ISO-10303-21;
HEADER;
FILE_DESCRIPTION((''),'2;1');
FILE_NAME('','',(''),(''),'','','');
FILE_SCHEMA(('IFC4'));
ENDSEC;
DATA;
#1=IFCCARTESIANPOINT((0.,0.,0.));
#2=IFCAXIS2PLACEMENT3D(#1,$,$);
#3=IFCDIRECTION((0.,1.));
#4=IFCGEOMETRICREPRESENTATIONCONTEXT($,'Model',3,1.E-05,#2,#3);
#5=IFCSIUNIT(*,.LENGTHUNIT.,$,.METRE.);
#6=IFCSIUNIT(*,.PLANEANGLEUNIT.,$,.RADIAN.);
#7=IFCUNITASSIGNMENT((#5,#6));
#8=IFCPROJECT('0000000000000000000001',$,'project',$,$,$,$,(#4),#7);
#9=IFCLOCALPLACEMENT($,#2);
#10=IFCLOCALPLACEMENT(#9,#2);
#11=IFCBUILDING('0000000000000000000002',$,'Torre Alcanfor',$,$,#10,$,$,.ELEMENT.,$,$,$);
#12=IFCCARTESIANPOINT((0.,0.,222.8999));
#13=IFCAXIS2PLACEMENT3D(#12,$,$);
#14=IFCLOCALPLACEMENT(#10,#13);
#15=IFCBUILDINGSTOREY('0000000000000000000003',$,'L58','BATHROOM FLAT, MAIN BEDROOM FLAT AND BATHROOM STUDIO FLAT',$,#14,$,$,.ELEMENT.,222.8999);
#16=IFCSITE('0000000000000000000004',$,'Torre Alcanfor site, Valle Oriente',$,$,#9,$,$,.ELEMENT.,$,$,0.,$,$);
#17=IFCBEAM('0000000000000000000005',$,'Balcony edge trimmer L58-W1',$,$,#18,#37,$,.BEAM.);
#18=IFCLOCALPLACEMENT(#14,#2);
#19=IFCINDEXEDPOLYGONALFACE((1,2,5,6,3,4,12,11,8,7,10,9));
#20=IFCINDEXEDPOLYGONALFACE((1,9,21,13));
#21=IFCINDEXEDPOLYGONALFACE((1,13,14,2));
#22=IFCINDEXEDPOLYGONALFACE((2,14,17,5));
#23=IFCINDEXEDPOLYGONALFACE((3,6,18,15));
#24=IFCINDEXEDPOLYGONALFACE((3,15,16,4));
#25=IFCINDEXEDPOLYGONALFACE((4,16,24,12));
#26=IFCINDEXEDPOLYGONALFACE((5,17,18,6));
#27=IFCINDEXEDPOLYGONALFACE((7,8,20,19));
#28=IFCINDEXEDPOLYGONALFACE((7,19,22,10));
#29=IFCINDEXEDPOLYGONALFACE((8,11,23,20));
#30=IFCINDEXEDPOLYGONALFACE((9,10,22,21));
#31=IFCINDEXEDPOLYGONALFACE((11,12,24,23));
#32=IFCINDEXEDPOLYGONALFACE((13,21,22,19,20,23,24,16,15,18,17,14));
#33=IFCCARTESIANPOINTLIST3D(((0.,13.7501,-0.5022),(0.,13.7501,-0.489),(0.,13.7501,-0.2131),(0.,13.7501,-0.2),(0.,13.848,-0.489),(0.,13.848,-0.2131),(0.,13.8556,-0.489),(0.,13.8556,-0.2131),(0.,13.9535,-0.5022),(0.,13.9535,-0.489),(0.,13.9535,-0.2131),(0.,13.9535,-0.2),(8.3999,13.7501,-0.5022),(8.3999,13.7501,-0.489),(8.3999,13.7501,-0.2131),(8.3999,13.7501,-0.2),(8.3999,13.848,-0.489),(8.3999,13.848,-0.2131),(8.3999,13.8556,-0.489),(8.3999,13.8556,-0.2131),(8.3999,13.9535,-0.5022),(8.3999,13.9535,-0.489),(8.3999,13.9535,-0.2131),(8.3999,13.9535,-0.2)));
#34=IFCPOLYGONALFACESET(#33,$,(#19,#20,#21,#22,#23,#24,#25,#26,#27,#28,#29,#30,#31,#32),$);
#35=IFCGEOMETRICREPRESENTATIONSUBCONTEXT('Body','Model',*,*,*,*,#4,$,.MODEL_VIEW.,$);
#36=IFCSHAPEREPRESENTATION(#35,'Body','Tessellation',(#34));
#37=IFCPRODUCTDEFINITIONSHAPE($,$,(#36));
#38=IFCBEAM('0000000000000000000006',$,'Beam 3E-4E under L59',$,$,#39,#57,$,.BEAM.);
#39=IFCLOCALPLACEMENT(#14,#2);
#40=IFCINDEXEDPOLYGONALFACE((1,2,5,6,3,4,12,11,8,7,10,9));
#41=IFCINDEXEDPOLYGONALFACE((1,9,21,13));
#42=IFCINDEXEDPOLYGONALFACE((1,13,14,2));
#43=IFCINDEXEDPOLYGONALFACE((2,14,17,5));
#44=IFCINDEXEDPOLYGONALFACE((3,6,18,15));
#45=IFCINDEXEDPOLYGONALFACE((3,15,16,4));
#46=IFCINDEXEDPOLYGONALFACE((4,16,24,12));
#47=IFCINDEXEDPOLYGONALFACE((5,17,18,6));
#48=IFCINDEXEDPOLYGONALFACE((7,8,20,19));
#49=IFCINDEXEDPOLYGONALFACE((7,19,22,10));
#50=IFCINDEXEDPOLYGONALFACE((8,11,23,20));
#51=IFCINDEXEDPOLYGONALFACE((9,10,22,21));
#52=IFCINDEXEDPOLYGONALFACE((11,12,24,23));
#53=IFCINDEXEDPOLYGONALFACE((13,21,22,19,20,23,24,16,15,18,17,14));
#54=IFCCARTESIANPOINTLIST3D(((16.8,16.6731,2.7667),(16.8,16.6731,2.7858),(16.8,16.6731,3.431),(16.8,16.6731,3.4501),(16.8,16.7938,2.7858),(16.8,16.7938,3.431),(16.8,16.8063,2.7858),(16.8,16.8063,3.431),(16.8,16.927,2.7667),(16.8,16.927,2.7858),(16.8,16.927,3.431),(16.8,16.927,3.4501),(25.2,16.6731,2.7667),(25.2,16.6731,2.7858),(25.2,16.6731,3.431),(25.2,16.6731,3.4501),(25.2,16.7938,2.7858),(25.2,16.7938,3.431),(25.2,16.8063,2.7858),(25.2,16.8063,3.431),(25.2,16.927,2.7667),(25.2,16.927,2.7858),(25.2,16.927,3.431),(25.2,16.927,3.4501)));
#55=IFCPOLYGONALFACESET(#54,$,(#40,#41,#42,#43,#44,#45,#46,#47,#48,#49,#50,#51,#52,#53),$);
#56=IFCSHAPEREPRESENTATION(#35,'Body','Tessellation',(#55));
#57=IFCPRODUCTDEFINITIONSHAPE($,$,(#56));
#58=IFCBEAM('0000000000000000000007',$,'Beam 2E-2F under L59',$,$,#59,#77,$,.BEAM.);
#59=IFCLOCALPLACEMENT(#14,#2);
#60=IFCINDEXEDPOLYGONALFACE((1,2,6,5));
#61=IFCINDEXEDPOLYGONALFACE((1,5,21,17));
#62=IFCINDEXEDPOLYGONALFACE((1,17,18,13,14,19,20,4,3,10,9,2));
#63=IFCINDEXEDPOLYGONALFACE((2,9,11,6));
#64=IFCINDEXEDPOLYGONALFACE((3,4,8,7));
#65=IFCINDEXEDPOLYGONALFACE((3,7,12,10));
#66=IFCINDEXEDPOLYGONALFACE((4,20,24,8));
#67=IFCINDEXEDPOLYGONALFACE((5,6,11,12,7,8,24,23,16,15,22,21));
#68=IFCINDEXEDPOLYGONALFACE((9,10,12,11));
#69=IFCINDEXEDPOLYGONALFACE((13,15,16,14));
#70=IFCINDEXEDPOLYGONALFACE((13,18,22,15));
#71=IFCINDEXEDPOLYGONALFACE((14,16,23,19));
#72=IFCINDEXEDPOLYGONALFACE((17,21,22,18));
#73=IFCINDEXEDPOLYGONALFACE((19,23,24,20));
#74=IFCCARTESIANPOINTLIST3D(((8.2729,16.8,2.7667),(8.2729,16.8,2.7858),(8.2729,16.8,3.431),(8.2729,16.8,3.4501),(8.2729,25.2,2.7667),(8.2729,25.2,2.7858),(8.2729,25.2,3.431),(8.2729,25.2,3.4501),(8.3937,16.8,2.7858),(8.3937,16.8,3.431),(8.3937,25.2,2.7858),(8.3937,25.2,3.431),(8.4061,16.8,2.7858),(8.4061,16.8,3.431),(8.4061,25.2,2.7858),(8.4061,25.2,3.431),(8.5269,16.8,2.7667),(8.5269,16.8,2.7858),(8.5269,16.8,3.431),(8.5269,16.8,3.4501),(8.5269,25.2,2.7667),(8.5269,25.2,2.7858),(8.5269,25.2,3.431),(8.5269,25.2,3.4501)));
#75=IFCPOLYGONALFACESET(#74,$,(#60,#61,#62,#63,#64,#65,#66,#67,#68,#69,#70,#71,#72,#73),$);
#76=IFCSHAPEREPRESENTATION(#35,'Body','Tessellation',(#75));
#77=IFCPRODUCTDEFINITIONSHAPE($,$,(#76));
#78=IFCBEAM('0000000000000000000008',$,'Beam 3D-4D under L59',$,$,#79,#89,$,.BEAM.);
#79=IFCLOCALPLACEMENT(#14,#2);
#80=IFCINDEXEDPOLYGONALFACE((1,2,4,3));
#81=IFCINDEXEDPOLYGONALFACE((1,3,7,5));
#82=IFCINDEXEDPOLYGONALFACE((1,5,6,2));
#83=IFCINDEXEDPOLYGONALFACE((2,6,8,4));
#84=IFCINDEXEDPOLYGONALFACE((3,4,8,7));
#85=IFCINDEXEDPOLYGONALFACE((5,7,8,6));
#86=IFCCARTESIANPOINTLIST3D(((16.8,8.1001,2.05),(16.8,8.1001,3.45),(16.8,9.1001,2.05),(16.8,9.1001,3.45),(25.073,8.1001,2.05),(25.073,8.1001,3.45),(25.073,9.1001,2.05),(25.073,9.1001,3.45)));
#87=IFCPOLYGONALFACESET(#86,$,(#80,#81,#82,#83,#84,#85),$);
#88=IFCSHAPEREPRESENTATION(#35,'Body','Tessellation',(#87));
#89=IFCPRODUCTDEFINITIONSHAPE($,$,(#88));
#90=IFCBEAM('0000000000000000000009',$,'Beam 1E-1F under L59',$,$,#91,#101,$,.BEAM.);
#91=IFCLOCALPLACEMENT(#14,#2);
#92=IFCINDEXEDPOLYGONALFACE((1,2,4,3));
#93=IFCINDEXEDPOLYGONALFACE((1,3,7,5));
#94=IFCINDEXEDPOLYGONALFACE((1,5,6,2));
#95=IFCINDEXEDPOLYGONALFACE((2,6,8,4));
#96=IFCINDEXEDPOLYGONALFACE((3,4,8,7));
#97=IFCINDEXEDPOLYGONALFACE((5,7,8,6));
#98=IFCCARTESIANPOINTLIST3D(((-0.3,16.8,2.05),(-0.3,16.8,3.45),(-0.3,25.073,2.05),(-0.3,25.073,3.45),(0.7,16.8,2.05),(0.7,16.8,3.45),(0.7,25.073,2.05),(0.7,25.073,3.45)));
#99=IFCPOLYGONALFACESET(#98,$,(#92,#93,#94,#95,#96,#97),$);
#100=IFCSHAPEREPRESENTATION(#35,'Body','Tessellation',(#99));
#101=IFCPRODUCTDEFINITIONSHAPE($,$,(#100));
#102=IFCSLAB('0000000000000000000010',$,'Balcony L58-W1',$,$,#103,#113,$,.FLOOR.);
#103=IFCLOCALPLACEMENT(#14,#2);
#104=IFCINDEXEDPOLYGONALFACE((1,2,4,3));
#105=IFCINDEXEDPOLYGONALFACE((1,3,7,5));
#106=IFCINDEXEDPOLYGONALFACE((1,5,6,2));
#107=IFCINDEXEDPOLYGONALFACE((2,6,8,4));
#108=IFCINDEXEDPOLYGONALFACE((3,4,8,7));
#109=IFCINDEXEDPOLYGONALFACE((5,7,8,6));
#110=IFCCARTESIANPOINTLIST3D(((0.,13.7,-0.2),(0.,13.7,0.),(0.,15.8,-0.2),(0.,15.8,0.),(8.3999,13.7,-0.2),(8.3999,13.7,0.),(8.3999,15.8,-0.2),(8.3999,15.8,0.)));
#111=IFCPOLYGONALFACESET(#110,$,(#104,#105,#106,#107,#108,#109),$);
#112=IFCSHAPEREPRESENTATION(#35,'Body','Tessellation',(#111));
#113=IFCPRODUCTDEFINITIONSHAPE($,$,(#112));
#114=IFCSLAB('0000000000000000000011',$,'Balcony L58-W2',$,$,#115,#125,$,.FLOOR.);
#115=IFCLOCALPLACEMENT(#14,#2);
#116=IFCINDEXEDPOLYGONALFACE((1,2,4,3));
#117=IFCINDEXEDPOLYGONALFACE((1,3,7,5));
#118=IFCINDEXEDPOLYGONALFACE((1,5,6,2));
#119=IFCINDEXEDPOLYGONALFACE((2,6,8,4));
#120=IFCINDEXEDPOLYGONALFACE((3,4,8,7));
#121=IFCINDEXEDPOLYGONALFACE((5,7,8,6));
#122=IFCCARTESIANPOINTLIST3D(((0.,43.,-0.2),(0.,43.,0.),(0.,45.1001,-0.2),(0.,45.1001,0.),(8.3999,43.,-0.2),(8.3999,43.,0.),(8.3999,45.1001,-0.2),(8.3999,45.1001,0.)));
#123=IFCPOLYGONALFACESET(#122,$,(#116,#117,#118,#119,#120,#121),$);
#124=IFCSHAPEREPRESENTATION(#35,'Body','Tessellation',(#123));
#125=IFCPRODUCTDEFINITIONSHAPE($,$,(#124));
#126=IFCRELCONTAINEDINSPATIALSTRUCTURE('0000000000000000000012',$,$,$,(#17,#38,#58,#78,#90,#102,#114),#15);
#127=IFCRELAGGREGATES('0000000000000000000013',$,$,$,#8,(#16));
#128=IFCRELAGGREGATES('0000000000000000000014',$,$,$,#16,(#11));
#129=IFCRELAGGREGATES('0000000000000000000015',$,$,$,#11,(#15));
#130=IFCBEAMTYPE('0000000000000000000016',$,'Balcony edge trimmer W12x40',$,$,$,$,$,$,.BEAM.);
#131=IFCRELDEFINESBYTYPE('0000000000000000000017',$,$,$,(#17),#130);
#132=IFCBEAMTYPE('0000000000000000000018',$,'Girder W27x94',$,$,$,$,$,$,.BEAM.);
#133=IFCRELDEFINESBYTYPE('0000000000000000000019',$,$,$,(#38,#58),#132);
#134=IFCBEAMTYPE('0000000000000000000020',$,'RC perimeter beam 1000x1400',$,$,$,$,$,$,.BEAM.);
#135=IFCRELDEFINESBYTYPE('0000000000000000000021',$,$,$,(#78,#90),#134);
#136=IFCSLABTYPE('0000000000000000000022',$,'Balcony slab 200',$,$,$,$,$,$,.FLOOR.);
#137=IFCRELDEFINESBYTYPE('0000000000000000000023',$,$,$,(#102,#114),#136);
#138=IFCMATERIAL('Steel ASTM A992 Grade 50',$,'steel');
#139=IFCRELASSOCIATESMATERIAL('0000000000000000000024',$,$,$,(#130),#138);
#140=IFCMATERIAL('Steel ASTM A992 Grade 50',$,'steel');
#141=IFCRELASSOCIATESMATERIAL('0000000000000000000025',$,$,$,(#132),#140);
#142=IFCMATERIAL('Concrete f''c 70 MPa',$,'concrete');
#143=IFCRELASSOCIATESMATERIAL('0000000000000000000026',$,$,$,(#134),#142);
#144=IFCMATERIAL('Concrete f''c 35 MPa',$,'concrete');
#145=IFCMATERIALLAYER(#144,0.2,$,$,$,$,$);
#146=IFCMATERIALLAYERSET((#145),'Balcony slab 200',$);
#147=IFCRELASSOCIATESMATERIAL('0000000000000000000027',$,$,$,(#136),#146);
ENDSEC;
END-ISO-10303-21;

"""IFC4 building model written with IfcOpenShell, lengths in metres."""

from ifc_helpers import new_model, si_unit, direction, frame, origin, origin_2d, place, context, subcontext, project, spatial, polyline, rectangle, i_section, outline, extrude, material, layer, layer_set, material_profile, profile_set, type_object, element, save


model = new_model("IFC4")

# Units and contexts
model_context = context("Model", 3, precision=1e-05, world=origin(), true_north=direction((0.0, 1.0)))
body_context = subcontext(model_context, "Body", "Model", "MODEL_VIEW")
ifc_project = project(units=[si_unit("LENGTHUNIT", "METRE"), si_unit("PLANEANGLEUNIT", "RADIAN")], contexts=[model_context])

# Site, building, storey
site_placement = place(None, origin())
site = spatial("IfcSite", under=ifc_project, at=site_placement, Name="Torre Alcanfor site, Valle Oriente", CompositionType="ELEMENT", RefElevation=0.0)
building_placement = place(site_placement, origin())
building = spatial("IfcBuilding", under=site, at=building_placement, Name="Torre Alcanfor", CompositionType="ELEMENT")
storey_placement = place(building_placement, frame((0.0, 0.0, 222.8999)))
storey = spatial("IfcBuildingStorey", under=building, at=storey_placement, Name="L58", Description="BATHROOM FLAT, MAIN BEDROOM FLAT AND BATHROOM STUDIO FLAT", CompositionType="ELEMENT", Elevation=222.8999)

# Beams
ifc_material_1 = material(Name="Steel ASTM A992 Grade 50", Category="steel")
ifc_material_profile_1 = material_profile(ifc_material_1, i_section(OverallWidth=0.2034, OverallDepth=0.3022, WebThickness=0.0076, FlangeThickness=0.0132, at=origin_2d()), Name="W12x40")
ifc_profile_set_1 = profile_set([ifc_material_profile_1], Name="Steel ASTM A992 Grade 50")
beam_type_1 = type_object("IfcBeamType", Name="Balcony edge trimmer W12x40", PredefinedType="BEAM", material=ifc_profile_set_1)
beam_placement = place(storey_placement, frame((8.3999, 13.8518, -0.3511), z_axis=(-1.0, 0.0, 0.0), x_axis=(0.0, -1.0, 0.0)))
element("IfcBeam", 1, at=beam_placement, inside=storey, type_object=beam_type_1, Name="Balcony edge trimmer L58-W1", PredefinedType="BEAM", context=body_context, shape_type="SweptSolid", body=[
    extrude(i_section(OverallWidth=0.2034, OverallDepth=0.3022, WebThickness=0.0076, FlangeThickness=0.0132, at=origin_2d()), origin(), (0.0, 0.0, 1.0), 8.3999),
])
ifc_material_2 = material(Name="Steel ASTM A992 Grade 50", Category="steel")
ifc_material_profile_2 = material_profile(ifc_material_2, i_section(OverallWidth=0.2539, OverallDepth=0.6833, WebThickness=0.0125, FlangeThickness=0.019, at=origin_2d()), Name="W27x94")
ifc_profile_set_2 = profile_set([ifc_material_profile_2], Name="Steel ASTM A992 Grade 50")
beam_type_2 = type_object("IfcBeamType", Name="Girder W27x94", PredefinedType="BEAM", material=ifc_profile_set_2)
for number, where, z_axis, x_axis, name in (
    (2, (16.8, 16.8, 3.1084), (1.0, 0.0, 0.0), (0.0, 1.0, 0.0), "Beam 3E-4E under L59"),
    (3, (8.3999, 16.8, 3.1084), (0.0, 1.0, 0.0), (-1.0, 0.0, 0.0), "Beam 2E-2F under L59"),
):
    element("IfcBeam", number, at=place(storey_placement, frame(where, z_axis=z_axis, x_axis=x_axis)), inside=storey, type_object=beam_type_2, Name=name, PredefinedType="BEAM", context=body_context, shape_type="SweptSolid", body=[
        extrude(i_section(OverallWidth=0.2539, OverallDepth=0.6833, WebThickness=0.0125, FlangeThickness=0.019, at=origin_2d()), origin(), (0.0, 0.0, 1.0), 8.3999),
    ])
ifc_material_3 = material(Name="Concrete f'c 70 MPa", Category="concrete")
ifc_material_profile_3 = material_profile(ifc_material_3, rectangle(XDim=1.0, YDim=1.3999, at=origin_2d()), Name="1000x1400")
ifc_profile_set_3 = profile_set([ifc_material_profile_3], Name="Concrete f'c 70 MPa")
beam_type_3 = type_object("IfcBeamType", Name="RC perimeter beam 1000x1400", PredefinedType="BEAM", material=ifc_profile_set_3)
for number, where, z_axis, x_axis, name in (
    (4, (16.8, 8.6001, 2.75), (1.0, 0.0, 0.0), (0.0, 1.0, 0.0), "Beam 3D-4D under L59"),
    (5, (0.2, 16.8, 2.75), (0.0, 1.0, 0.0), (-1.0, 0.0, 0.0), "Beam 1E-1F under L59"),
):
    element("IfcBeam", number, at=place(storey_placement, frame(where, z_axis=z_axis, x_axis=x_axis)), inside=storey, type_object=beam_type_3, Name=name, PredefinedType="BEAM", context=body_context, shape_type="SweptSolid", body=[
        extrude(rectangle(XDim=1.0, YDim=1.3999, at=origin_2d()), origin(), (0.0, 0.0, 1.0), 8.2729),
    ])

# Slabs
ifc_material_4 = material(Name="Concrete f'c 35 MPa", Category="concrete")
ifc_layer_1 = layer(ifc_material_4, 0.2)
ifc_layer_set_1 = layer_set([ifc_layer_1], Name="Balcony slab 200")
slab_type_1 = type_object("IfcSlabType", Name="Balcony slab 200", PredefinedType="FLOOR", material=ifc_layer_set_1)
slab_1_placement = place(storey_placement, frame((0.0, 0.0, -0.2)))
element("IfcSlab", 6, at=slab_1_placement, inside=storey, type_object=slab_type_1, Name="Balcony L58-W1", PredefinedType="FLOOR", context=body_context, shape_type="SweptSolid", body=[
    extrude(outline(polyline([(8.3999, 15.8), (0.0, 15.8), (0.0, 13.7), (8.3999, 13.7), (8.3999, 15.8)])), origin(), (0.0, 0.0, 1.0), 0.2),
])
slab_2_placement = place(storey_placement, frame((0.0, 0.0, -0.2)))
element("IfcSlab", 7, at=slab_2_placement, inside=storey, type_object=slab_type_1, Name="Balcony L58-W2", PredefinedType="FLOOR", context=body_context, shape_type="SweptSolid", body=[
    extrude(outline(polyline([(8.3999, 45.1001), (0.0, 45.1001), (0.0, 43.0), (8.3999, 43.0), (8.3999, 45.1001)])), origin(), (0.0, 0.0, 1.0), 0.2),
])

save(model, "model.ifc")
